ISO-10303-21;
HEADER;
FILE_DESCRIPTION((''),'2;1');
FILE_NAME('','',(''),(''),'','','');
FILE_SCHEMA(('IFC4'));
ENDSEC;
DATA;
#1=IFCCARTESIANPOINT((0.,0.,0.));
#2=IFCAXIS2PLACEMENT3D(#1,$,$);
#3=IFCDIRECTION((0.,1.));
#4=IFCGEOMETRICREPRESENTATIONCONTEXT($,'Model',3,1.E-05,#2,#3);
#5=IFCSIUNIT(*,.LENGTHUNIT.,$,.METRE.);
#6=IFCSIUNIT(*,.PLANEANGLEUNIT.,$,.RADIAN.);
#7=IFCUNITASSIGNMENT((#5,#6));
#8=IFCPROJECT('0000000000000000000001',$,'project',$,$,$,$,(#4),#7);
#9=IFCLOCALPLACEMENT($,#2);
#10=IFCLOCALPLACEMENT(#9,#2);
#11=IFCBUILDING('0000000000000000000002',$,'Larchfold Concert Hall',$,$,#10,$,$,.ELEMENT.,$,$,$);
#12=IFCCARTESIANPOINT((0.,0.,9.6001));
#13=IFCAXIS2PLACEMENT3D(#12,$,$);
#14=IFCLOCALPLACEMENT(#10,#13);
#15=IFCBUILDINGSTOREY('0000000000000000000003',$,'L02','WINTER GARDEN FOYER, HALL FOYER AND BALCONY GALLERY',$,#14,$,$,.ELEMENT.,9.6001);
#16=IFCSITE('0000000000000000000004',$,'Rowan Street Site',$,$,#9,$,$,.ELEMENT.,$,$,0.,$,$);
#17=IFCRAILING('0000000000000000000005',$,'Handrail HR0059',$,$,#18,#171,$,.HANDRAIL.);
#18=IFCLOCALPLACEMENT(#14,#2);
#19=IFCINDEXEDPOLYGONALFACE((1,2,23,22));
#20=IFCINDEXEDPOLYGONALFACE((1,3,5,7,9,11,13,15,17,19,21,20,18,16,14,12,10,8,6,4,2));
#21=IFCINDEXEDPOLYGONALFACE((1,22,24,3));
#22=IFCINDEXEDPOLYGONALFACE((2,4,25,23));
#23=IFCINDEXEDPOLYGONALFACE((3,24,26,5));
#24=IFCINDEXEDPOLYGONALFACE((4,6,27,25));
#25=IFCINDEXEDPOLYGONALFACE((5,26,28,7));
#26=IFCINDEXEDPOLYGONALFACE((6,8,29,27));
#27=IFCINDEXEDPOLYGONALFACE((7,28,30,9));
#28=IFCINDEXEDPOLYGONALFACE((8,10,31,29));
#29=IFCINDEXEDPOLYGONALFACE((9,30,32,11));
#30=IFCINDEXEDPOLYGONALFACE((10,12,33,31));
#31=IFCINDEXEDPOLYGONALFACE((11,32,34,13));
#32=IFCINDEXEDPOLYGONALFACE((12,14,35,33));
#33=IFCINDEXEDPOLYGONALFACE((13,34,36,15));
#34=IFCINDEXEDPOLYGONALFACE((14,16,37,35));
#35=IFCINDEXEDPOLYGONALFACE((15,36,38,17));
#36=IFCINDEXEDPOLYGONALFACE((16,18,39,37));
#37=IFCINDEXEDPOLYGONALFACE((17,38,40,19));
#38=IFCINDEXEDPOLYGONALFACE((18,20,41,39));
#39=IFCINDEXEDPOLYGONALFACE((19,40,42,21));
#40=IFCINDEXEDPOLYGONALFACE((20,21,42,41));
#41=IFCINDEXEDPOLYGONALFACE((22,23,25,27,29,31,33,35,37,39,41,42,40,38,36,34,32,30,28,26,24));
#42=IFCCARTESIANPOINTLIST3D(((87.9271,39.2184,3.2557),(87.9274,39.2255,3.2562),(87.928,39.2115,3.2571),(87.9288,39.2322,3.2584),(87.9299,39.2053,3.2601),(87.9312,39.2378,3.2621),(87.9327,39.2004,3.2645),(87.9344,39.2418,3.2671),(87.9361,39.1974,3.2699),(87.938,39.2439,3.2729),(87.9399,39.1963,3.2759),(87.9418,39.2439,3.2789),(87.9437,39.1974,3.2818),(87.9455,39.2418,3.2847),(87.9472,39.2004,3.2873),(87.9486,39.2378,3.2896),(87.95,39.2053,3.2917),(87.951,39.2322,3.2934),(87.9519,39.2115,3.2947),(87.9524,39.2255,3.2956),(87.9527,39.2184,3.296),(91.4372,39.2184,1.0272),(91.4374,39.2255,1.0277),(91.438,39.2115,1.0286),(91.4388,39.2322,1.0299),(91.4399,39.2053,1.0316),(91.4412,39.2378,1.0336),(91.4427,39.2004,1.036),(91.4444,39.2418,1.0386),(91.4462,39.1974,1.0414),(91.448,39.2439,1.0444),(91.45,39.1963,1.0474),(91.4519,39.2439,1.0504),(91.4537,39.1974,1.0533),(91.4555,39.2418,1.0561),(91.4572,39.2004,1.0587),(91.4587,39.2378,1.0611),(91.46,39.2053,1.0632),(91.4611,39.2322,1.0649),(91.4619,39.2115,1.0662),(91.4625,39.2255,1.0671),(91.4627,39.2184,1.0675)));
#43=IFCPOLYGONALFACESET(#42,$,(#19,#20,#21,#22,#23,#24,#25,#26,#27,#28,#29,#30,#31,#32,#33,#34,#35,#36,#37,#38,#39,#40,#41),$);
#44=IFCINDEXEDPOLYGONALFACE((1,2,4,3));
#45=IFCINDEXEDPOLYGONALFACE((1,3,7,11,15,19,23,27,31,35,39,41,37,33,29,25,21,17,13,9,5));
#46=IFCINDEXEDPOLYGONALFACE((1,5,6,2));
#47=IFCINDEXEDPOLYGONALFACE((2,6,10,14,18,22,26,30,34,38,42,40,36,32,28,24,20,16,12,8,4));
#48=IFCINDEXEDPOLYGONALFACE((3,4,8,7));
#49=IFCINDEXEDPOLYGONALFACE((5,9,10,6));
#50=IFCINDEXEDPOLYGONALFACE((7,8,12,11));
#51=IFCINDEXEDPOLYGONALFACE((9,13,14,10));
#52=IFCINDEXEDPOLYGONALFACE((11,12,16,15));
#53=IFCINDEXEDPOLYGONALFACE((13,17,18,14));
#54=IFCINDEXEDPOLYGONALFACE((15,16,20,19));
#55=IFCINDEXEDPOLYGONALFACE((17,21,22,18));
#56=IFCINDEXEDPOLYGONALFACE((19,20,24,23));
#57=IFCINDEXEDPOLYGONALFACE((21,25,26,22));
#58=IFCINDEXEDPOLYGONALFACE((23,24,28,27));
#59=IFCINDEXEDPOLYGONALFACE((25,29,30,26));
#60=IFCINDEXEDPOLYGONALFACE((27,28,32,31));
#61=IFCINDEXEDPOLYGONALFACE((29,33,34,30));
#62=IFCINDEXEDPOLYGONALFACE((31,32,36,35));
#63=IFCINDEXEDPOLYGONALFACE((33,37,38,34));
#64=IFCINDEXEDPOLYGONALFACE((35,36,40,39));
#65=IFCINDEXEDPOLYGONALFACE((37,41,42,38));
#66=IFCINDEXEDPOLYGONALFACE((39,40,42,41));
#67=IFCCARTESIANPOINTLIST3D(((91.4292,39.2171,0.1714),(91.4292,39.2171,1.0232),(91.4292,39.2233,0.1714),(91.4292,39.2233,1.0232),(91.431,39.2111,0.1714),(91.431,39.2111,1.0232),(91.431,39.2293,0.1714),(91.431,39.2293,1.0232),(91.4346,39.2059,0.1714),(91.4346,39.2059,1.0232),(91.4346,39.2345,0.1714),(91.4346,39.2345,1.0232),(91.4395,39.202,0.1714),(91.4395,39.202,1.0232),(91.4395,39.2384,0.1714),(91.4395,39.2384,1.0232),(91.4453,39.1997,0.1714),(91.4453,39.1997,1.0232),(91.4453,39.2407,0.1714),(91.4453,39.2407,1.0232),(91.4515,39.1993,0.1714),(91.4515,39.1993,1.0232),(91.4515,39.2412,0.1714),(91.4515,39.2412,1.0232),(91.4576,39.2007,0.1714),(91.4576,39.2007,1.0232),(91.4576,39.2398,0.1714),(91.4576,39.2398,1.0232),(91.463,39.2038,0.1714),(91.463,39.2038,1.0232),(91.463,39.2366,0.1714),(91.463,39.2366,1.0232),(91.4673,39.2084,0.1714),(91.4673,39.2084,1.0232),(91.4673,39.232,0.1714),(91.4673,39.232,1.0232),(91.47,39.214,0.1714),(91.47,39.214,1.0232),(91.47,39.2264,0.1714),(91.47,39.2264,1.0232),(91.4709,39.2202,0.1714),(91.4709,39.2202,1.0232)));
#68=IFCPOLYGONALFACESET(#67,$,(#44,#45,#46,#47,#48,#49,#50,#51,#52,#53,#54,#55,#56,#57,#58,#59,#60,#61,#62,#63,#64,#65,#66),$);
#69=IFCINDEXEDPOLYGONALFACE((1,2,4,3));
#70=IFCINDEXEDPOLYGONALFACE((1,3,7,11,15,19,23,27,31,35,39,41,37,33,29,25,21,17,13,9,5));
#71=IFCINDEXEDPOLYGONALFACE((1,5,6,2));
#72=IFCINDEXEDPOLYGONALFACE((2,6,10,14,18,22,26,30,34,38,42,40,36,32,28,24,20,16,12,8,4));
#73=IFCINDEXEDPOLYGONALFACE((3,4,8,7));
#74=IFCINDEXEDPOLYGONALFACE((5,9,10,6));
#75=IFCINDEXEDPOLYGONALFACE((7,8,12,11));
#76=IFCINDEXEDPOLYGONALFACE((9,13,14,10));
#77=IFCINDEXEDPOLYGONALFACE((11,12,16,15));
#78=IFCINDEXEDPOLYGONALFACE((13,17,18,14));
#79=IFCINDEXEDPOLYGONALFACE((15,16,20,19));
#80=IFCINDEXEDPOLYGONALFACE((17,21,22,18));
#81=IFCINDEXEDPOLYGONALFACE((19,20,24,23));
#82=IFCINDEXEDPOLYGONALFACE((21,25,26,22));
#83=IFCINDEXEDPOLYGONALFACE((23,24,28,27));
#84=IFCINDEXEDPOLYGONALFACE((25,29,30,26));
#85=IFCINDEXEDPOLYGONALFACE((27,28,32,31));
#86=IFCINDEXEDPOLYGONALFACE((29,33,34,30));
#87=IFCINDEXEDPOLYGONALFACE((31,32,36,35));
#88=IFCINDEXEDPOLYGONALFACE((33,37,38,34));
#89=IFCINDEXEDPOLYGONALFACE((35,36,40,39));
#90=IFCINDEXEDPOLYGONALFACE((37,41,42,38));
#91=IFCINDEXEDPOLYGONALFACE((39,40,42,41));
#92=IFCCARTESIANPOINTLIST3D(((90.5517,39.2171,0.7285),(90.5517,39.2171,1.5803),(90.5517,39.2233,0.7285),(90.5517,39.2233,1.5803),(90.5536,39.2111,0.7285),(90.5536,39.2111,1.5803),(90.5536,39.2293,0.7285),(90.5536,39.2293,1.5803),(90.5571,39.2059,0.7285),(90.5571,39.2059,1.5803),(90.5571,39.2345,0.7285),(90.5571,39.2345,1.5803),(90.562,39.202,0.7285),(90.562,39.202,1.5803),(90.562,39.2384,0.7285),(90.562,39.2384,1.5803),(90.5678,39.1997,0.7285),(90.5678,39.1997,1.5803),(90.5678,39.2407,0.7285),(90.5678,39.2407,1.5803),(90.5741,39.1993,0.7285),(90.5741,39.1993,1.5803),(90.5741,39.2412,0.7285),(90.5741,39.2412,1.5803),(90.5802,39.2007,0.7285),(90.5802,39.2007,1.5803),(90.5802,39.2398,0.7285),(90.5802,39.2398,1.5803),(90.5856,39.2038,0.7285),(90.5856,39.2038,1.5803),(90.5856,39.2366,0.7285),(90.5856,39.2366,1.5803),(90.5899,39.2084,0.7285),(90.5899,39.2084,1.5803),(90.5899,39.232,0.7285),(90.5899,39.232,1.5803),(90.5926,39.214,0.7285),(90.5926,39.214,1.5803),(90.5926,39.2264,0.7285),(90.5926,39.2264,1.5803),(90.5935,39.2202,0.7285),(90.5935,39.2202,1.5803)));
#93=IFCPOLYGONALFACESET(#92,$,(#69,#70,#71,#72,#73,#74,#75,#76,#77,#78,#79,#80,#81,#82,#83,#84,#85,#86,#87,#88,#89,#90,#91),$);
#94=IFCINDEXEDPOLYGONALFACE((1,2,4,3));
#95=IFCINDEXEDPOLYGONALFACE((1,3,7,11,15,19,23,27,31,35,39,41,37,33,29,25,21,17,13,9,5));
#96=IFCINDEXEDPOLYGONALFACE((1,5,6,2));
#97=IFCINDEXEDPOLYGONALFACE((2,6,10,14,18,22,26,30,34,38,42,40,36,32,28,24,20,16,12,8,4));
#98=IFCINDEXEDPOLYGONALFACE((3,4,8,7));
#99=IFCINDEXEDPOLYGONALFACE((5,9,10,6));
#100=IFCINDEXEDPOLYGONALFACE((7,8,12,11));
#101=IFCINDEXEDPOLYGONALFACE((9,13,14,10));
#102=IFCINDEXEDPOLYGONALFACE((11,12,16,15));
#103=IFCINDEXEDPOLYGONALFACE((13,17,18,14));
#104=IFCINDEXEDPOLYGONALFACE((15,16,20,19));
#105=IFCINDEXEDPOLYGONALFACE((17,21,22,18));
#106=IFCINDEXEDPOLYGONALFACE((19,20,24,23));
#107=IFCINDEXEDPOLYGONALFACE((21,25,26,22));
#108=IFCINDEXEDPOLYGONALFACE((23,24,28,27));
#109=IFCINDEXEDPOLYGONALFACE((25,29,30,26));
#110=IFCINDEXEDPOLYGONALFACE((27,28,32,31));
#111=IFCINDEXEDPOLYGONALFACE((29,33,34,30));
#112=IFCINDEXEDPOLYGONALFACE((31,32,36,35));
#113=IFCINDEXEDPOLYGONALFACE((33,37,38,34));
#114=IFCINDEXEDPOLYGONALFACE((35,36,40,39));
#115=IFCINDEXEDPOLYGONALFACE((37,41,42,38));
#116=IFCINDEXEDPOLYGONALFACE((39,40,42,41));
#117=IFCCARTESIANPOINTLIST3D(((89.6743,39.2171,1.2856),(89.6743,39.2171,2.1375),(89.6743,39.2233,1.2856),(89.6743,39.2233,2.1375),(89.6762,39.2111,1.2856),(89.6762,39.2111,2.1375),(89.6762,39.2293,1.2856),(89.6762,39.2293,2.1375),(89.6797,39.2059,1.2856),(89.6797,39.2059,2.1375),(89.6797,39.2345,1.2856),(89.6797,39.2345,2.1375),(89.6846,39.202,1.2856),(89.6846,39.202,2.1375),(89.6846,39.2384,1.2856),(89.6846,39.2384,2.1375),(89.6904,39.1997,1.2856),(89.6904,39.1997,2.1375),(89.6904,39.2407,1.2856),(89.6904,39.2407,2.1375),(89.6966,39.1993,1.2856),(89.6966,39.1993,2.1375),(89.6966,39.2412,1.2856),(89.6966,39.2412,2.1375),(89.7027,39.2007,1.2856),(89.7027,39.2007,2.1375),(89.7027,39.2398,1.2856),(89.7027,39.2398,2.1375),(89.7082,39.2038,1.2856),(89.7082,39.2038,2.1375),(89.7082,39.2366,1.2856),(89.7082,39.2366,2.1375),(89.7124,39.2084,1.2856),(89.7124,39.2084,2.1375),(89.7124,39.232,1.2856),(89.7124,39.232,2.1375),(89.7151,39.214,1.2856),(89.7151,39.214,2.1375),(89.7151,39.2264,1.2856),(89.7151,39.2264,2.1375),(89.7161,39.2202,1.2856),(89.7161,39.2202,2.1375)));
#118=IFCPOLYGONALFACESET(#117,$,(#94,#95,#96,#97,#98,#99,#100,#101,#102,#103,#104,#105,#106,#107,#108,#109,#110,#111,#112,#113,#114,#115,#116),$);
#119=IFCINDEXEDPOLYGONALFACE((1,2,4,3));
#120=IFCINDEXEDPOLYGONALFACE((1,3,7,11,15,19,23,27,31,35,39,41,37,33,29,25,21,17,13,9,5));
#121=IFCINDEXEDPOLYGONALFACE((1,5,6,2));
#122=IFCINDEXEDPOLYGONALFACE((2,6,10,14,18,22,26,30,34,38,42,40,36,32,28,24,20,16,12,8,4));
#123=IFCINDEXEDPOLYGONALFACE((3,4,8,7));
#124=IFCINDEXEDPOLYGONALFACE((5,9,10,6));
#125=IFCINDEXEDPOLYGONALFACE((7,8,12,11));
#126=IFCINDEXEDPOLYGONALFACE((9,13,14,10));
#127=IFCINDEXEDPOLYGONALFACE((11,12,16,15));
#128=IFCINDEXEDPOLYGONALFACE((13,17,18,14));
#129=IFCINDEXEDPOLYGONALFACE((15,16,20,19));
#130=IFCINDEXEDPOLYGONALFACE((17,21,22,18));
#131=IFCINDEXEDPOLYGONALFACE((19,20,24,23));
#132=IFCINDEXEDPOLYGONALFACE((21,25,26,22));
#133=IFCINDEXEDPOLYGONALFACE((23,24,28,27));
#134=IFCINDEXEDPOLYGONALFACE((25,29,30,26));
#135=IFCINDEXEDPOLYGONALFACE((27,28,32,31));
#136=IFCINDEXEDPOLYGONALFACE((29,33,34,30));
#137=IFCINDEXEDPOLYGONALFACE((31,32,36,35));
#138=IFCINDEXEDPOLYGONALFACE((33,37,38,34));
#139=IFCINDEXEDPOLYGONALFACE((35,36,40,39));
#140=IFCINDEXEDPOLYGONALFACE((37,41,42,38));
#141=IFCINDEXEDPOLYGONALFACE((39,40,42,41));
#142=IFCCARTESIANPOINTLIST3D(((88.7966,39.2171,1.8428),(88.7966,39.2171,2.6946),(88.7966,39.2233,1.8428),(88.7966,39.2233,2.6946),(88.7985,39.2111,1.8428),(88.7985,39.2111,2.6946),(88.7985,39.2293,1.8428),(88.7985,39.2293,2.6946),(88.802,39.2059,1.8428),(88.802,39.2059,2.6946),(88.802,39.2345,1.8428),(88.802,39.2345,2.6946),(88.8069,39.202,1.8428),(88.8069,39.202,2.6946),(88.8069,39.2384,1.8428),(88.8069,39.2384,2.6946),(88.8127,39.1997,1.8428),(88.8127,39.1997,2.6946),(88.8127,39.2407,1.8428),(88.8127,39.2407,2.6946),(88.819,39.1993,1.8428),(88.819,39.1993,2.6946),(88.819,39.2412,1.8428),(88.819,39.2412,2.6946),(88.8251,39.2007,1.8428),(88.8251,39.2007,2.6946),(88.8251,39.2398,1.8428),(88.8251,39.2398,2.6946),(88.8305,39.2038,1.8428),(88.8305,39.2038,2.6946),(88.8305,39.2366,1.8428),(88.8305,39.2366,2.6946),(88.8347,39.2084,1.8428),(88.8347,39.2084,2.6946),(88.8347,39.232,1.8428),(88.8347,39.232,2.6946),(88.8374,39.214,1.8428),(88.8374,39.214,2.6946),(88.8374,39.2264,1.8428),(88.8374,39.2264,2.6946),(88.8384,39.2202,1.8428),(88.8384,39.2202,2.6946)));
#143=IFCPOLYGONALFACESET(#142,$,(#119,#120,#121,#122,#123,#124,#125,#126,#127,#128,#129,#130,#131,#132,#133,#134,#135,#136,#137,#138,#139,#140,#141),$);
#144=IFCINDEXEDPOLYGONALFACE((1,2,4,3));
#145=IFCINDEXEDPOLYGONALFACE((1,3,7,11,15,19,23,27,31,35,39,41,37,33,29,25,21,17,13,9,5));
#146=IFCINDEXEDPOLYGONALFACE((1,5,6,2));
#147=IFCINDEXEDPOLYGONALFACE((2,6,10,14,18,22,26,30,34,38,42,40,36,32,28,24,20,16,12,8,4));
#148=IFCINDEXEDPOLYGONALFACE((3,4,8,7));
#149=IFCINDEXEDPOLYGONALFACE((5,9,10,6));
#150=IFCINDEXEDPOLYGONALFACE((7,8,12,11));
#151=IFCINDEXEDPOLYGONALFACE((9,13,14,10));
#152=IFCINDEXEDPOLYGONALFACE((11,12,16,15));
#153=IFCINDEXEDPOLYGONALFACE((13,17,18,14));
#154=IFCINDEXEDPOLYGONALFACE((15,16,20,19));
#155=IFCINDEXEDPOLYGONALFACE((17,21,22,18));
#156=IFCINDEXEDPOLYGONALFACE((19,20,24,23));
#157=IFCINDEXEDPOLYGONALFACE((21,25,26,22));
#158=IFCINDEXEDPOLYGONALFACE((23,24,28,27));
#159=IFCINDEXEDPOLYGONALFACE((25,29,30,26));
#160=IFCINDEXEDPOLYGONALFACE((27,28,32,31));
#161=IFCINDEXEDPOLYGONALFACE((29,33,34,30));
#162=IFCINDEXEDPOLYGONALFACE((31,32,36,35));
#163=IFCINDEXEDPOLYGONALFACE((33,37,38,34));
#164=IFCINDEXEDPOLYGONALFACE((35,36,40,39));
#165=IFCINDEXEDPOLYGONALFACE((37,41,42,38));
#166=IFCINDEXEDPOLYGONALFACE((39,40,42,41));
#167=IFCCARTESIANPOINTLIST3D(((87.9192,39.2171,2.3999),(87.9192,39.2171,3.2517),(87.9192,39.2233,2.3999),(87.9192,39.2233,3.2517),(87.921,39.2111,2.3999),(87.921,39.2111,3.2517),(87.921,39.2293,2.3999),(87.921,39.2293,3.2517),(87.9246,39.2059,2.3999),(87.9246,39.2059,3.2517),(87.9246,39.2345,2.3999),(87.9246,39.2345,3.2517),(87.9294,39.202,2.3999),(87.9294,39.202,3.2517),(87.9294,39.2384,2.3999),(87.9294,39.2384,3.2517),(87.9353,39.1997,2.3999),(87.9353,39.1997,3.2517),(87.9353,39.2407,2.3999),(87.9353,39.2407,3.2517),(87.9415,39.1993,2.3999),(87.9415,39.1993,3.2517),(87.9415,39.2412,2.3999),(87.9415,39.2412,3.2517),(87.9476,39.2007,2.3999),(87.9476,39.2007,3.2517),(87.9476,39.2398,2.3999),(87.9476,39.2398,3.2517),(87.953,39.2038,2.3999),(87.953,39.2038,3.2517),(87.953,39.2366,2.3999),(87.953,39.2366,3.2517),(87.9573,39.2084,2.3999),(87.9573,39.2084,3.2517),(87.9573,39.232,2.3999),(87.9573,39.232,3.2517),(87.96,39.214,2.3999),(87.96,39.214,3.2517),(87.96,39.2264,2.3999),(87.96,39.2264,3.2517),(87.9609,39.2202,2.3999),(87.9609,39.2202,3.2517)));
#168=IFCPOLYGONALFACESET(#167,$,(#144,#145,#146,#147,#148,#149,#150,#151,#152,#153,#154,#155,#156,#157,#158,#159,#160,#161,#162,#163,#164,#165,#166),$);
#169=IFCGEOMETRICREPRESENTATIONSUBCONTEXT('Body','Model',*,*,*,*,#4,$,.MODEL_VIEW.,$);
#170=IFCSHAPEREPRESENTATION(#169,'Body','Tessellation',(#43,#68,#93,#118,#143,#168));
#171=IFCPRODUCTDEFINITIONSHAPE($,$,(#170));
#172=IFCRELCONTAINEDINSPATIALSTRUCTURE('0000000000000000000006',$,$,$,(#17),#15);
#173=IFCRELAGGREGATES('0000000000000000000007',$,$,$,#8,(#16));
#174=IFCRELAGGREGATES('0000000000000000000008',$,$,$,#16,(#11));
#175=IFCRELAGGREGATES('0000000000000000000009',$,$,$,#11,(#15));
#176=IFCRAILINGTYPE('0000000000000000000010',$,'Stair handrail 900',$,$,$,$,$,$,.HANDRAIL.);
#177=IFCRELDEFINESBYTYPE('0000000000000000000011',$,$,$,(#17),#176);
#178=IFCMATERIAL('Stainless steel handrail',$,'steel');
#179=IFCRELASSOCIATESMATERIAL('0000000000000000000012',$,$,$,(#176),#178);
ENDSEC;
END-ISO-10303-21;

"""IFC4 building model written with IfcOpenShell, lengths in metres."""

from ifc_helpers import new_model, si_unit, direction, frame, origin, origin_2d, place, context, subcontext, project, spatial, circle, extrude, material, type_object, element, save


model = new_model("IFC4")

# Units and contexts
model_context = context("Model", 3, precision=1e-05, world=origin(), true_north=direction((0.0, 1.0)))
body_context = subcontext(model_context, "Body", "Model", "MODEL_VIEW")
ifc_project = project(units=[si_unit("LENGTHUNIT", "METRE"), si_unit("PLANEANGLEUNIT", "RADIAN")], contexts=[model_context])

# Site, building, storey
site_placement = place(None, origin())
site = spatial("IfcSite", under=ifc_project, at=site_placement, Name="Rowan Street Site", CompositionType="ELEMENT", RefElevation=0.0)
building_placement = place(site_placement, origin())
building = spatial("IfcBuilding", under=site, at=building_placement, Name="Larchfold Concert Hall", CompositionType="ELEMENT")
storey_placement = place(building_placement, frame((0.0, 0.0, 9.6001)))
storey = spatial("IfcBuildingStorey", under=building, at=storey_placement, Name="L02", Description="WINTER GARDEN FOYER, HALL FOYER AND BALCONY GALLERY", CompositionType="ELEMENT", Elevation=9.6001)

# Railing
ifc_material_1 = material(Name="Stainless steel handrail", Category="steel")
railing_type_1 = type_object("IfcRailingType", Name="Stair handrail 900", PredefinedType="HANDRAIL", material=ifc_material_1)
railing_1_placement = place(storey_placement, frame((91.45, 39.2202, 0.1714)))
element("IfcRailing", 1, at=railing_1_placement, inside=storey, type_object=railing_type_1, Name="Handrail HR0059", PredefinedType="HANDRAIL", context=body_context, shape_type="SweptSolid", body=[
    extrude(circle(Radius=0.0239, at=origin_2d()), frame((0.0, 0.0, 0.876), z_axis=(-0.84422, 0.0, 0.535998), x_axis=(0.0, -1.0, 0.0)), (0.0, 0.0, 1.0), 4.1577),
    extrude(circle(Radius=0.021, at=origin_2d()), origin(), (0.0, 0.0, 1.0), 0.8518),
    extrude(circle(Radius=0.021, at=origin_2d()), frame((-0.8774, 0.0, 0.5571)), (0.0, 0.0, 1.0), 0.8518),
    extrude(circle(Radius=0.021, at=origin_2d()), frame((-1.7549, 0.0, 1.1143)), (0.0, 0.0, 1.0), 0.8518),
    extrude(circle(Radius=0.021, at=origin_2d()), frame((-2.6326, 0.0, 1.6714)), (0.0, 0.0, 1.0), 0.8518),
    extrude(circle(Radius=0.021, at=origin_2d()), frame((-3.51, 0.0, 2.2285)), (0.0, 0.0, 1.0), 0.8518),
])

save(model, "model.ifc")
